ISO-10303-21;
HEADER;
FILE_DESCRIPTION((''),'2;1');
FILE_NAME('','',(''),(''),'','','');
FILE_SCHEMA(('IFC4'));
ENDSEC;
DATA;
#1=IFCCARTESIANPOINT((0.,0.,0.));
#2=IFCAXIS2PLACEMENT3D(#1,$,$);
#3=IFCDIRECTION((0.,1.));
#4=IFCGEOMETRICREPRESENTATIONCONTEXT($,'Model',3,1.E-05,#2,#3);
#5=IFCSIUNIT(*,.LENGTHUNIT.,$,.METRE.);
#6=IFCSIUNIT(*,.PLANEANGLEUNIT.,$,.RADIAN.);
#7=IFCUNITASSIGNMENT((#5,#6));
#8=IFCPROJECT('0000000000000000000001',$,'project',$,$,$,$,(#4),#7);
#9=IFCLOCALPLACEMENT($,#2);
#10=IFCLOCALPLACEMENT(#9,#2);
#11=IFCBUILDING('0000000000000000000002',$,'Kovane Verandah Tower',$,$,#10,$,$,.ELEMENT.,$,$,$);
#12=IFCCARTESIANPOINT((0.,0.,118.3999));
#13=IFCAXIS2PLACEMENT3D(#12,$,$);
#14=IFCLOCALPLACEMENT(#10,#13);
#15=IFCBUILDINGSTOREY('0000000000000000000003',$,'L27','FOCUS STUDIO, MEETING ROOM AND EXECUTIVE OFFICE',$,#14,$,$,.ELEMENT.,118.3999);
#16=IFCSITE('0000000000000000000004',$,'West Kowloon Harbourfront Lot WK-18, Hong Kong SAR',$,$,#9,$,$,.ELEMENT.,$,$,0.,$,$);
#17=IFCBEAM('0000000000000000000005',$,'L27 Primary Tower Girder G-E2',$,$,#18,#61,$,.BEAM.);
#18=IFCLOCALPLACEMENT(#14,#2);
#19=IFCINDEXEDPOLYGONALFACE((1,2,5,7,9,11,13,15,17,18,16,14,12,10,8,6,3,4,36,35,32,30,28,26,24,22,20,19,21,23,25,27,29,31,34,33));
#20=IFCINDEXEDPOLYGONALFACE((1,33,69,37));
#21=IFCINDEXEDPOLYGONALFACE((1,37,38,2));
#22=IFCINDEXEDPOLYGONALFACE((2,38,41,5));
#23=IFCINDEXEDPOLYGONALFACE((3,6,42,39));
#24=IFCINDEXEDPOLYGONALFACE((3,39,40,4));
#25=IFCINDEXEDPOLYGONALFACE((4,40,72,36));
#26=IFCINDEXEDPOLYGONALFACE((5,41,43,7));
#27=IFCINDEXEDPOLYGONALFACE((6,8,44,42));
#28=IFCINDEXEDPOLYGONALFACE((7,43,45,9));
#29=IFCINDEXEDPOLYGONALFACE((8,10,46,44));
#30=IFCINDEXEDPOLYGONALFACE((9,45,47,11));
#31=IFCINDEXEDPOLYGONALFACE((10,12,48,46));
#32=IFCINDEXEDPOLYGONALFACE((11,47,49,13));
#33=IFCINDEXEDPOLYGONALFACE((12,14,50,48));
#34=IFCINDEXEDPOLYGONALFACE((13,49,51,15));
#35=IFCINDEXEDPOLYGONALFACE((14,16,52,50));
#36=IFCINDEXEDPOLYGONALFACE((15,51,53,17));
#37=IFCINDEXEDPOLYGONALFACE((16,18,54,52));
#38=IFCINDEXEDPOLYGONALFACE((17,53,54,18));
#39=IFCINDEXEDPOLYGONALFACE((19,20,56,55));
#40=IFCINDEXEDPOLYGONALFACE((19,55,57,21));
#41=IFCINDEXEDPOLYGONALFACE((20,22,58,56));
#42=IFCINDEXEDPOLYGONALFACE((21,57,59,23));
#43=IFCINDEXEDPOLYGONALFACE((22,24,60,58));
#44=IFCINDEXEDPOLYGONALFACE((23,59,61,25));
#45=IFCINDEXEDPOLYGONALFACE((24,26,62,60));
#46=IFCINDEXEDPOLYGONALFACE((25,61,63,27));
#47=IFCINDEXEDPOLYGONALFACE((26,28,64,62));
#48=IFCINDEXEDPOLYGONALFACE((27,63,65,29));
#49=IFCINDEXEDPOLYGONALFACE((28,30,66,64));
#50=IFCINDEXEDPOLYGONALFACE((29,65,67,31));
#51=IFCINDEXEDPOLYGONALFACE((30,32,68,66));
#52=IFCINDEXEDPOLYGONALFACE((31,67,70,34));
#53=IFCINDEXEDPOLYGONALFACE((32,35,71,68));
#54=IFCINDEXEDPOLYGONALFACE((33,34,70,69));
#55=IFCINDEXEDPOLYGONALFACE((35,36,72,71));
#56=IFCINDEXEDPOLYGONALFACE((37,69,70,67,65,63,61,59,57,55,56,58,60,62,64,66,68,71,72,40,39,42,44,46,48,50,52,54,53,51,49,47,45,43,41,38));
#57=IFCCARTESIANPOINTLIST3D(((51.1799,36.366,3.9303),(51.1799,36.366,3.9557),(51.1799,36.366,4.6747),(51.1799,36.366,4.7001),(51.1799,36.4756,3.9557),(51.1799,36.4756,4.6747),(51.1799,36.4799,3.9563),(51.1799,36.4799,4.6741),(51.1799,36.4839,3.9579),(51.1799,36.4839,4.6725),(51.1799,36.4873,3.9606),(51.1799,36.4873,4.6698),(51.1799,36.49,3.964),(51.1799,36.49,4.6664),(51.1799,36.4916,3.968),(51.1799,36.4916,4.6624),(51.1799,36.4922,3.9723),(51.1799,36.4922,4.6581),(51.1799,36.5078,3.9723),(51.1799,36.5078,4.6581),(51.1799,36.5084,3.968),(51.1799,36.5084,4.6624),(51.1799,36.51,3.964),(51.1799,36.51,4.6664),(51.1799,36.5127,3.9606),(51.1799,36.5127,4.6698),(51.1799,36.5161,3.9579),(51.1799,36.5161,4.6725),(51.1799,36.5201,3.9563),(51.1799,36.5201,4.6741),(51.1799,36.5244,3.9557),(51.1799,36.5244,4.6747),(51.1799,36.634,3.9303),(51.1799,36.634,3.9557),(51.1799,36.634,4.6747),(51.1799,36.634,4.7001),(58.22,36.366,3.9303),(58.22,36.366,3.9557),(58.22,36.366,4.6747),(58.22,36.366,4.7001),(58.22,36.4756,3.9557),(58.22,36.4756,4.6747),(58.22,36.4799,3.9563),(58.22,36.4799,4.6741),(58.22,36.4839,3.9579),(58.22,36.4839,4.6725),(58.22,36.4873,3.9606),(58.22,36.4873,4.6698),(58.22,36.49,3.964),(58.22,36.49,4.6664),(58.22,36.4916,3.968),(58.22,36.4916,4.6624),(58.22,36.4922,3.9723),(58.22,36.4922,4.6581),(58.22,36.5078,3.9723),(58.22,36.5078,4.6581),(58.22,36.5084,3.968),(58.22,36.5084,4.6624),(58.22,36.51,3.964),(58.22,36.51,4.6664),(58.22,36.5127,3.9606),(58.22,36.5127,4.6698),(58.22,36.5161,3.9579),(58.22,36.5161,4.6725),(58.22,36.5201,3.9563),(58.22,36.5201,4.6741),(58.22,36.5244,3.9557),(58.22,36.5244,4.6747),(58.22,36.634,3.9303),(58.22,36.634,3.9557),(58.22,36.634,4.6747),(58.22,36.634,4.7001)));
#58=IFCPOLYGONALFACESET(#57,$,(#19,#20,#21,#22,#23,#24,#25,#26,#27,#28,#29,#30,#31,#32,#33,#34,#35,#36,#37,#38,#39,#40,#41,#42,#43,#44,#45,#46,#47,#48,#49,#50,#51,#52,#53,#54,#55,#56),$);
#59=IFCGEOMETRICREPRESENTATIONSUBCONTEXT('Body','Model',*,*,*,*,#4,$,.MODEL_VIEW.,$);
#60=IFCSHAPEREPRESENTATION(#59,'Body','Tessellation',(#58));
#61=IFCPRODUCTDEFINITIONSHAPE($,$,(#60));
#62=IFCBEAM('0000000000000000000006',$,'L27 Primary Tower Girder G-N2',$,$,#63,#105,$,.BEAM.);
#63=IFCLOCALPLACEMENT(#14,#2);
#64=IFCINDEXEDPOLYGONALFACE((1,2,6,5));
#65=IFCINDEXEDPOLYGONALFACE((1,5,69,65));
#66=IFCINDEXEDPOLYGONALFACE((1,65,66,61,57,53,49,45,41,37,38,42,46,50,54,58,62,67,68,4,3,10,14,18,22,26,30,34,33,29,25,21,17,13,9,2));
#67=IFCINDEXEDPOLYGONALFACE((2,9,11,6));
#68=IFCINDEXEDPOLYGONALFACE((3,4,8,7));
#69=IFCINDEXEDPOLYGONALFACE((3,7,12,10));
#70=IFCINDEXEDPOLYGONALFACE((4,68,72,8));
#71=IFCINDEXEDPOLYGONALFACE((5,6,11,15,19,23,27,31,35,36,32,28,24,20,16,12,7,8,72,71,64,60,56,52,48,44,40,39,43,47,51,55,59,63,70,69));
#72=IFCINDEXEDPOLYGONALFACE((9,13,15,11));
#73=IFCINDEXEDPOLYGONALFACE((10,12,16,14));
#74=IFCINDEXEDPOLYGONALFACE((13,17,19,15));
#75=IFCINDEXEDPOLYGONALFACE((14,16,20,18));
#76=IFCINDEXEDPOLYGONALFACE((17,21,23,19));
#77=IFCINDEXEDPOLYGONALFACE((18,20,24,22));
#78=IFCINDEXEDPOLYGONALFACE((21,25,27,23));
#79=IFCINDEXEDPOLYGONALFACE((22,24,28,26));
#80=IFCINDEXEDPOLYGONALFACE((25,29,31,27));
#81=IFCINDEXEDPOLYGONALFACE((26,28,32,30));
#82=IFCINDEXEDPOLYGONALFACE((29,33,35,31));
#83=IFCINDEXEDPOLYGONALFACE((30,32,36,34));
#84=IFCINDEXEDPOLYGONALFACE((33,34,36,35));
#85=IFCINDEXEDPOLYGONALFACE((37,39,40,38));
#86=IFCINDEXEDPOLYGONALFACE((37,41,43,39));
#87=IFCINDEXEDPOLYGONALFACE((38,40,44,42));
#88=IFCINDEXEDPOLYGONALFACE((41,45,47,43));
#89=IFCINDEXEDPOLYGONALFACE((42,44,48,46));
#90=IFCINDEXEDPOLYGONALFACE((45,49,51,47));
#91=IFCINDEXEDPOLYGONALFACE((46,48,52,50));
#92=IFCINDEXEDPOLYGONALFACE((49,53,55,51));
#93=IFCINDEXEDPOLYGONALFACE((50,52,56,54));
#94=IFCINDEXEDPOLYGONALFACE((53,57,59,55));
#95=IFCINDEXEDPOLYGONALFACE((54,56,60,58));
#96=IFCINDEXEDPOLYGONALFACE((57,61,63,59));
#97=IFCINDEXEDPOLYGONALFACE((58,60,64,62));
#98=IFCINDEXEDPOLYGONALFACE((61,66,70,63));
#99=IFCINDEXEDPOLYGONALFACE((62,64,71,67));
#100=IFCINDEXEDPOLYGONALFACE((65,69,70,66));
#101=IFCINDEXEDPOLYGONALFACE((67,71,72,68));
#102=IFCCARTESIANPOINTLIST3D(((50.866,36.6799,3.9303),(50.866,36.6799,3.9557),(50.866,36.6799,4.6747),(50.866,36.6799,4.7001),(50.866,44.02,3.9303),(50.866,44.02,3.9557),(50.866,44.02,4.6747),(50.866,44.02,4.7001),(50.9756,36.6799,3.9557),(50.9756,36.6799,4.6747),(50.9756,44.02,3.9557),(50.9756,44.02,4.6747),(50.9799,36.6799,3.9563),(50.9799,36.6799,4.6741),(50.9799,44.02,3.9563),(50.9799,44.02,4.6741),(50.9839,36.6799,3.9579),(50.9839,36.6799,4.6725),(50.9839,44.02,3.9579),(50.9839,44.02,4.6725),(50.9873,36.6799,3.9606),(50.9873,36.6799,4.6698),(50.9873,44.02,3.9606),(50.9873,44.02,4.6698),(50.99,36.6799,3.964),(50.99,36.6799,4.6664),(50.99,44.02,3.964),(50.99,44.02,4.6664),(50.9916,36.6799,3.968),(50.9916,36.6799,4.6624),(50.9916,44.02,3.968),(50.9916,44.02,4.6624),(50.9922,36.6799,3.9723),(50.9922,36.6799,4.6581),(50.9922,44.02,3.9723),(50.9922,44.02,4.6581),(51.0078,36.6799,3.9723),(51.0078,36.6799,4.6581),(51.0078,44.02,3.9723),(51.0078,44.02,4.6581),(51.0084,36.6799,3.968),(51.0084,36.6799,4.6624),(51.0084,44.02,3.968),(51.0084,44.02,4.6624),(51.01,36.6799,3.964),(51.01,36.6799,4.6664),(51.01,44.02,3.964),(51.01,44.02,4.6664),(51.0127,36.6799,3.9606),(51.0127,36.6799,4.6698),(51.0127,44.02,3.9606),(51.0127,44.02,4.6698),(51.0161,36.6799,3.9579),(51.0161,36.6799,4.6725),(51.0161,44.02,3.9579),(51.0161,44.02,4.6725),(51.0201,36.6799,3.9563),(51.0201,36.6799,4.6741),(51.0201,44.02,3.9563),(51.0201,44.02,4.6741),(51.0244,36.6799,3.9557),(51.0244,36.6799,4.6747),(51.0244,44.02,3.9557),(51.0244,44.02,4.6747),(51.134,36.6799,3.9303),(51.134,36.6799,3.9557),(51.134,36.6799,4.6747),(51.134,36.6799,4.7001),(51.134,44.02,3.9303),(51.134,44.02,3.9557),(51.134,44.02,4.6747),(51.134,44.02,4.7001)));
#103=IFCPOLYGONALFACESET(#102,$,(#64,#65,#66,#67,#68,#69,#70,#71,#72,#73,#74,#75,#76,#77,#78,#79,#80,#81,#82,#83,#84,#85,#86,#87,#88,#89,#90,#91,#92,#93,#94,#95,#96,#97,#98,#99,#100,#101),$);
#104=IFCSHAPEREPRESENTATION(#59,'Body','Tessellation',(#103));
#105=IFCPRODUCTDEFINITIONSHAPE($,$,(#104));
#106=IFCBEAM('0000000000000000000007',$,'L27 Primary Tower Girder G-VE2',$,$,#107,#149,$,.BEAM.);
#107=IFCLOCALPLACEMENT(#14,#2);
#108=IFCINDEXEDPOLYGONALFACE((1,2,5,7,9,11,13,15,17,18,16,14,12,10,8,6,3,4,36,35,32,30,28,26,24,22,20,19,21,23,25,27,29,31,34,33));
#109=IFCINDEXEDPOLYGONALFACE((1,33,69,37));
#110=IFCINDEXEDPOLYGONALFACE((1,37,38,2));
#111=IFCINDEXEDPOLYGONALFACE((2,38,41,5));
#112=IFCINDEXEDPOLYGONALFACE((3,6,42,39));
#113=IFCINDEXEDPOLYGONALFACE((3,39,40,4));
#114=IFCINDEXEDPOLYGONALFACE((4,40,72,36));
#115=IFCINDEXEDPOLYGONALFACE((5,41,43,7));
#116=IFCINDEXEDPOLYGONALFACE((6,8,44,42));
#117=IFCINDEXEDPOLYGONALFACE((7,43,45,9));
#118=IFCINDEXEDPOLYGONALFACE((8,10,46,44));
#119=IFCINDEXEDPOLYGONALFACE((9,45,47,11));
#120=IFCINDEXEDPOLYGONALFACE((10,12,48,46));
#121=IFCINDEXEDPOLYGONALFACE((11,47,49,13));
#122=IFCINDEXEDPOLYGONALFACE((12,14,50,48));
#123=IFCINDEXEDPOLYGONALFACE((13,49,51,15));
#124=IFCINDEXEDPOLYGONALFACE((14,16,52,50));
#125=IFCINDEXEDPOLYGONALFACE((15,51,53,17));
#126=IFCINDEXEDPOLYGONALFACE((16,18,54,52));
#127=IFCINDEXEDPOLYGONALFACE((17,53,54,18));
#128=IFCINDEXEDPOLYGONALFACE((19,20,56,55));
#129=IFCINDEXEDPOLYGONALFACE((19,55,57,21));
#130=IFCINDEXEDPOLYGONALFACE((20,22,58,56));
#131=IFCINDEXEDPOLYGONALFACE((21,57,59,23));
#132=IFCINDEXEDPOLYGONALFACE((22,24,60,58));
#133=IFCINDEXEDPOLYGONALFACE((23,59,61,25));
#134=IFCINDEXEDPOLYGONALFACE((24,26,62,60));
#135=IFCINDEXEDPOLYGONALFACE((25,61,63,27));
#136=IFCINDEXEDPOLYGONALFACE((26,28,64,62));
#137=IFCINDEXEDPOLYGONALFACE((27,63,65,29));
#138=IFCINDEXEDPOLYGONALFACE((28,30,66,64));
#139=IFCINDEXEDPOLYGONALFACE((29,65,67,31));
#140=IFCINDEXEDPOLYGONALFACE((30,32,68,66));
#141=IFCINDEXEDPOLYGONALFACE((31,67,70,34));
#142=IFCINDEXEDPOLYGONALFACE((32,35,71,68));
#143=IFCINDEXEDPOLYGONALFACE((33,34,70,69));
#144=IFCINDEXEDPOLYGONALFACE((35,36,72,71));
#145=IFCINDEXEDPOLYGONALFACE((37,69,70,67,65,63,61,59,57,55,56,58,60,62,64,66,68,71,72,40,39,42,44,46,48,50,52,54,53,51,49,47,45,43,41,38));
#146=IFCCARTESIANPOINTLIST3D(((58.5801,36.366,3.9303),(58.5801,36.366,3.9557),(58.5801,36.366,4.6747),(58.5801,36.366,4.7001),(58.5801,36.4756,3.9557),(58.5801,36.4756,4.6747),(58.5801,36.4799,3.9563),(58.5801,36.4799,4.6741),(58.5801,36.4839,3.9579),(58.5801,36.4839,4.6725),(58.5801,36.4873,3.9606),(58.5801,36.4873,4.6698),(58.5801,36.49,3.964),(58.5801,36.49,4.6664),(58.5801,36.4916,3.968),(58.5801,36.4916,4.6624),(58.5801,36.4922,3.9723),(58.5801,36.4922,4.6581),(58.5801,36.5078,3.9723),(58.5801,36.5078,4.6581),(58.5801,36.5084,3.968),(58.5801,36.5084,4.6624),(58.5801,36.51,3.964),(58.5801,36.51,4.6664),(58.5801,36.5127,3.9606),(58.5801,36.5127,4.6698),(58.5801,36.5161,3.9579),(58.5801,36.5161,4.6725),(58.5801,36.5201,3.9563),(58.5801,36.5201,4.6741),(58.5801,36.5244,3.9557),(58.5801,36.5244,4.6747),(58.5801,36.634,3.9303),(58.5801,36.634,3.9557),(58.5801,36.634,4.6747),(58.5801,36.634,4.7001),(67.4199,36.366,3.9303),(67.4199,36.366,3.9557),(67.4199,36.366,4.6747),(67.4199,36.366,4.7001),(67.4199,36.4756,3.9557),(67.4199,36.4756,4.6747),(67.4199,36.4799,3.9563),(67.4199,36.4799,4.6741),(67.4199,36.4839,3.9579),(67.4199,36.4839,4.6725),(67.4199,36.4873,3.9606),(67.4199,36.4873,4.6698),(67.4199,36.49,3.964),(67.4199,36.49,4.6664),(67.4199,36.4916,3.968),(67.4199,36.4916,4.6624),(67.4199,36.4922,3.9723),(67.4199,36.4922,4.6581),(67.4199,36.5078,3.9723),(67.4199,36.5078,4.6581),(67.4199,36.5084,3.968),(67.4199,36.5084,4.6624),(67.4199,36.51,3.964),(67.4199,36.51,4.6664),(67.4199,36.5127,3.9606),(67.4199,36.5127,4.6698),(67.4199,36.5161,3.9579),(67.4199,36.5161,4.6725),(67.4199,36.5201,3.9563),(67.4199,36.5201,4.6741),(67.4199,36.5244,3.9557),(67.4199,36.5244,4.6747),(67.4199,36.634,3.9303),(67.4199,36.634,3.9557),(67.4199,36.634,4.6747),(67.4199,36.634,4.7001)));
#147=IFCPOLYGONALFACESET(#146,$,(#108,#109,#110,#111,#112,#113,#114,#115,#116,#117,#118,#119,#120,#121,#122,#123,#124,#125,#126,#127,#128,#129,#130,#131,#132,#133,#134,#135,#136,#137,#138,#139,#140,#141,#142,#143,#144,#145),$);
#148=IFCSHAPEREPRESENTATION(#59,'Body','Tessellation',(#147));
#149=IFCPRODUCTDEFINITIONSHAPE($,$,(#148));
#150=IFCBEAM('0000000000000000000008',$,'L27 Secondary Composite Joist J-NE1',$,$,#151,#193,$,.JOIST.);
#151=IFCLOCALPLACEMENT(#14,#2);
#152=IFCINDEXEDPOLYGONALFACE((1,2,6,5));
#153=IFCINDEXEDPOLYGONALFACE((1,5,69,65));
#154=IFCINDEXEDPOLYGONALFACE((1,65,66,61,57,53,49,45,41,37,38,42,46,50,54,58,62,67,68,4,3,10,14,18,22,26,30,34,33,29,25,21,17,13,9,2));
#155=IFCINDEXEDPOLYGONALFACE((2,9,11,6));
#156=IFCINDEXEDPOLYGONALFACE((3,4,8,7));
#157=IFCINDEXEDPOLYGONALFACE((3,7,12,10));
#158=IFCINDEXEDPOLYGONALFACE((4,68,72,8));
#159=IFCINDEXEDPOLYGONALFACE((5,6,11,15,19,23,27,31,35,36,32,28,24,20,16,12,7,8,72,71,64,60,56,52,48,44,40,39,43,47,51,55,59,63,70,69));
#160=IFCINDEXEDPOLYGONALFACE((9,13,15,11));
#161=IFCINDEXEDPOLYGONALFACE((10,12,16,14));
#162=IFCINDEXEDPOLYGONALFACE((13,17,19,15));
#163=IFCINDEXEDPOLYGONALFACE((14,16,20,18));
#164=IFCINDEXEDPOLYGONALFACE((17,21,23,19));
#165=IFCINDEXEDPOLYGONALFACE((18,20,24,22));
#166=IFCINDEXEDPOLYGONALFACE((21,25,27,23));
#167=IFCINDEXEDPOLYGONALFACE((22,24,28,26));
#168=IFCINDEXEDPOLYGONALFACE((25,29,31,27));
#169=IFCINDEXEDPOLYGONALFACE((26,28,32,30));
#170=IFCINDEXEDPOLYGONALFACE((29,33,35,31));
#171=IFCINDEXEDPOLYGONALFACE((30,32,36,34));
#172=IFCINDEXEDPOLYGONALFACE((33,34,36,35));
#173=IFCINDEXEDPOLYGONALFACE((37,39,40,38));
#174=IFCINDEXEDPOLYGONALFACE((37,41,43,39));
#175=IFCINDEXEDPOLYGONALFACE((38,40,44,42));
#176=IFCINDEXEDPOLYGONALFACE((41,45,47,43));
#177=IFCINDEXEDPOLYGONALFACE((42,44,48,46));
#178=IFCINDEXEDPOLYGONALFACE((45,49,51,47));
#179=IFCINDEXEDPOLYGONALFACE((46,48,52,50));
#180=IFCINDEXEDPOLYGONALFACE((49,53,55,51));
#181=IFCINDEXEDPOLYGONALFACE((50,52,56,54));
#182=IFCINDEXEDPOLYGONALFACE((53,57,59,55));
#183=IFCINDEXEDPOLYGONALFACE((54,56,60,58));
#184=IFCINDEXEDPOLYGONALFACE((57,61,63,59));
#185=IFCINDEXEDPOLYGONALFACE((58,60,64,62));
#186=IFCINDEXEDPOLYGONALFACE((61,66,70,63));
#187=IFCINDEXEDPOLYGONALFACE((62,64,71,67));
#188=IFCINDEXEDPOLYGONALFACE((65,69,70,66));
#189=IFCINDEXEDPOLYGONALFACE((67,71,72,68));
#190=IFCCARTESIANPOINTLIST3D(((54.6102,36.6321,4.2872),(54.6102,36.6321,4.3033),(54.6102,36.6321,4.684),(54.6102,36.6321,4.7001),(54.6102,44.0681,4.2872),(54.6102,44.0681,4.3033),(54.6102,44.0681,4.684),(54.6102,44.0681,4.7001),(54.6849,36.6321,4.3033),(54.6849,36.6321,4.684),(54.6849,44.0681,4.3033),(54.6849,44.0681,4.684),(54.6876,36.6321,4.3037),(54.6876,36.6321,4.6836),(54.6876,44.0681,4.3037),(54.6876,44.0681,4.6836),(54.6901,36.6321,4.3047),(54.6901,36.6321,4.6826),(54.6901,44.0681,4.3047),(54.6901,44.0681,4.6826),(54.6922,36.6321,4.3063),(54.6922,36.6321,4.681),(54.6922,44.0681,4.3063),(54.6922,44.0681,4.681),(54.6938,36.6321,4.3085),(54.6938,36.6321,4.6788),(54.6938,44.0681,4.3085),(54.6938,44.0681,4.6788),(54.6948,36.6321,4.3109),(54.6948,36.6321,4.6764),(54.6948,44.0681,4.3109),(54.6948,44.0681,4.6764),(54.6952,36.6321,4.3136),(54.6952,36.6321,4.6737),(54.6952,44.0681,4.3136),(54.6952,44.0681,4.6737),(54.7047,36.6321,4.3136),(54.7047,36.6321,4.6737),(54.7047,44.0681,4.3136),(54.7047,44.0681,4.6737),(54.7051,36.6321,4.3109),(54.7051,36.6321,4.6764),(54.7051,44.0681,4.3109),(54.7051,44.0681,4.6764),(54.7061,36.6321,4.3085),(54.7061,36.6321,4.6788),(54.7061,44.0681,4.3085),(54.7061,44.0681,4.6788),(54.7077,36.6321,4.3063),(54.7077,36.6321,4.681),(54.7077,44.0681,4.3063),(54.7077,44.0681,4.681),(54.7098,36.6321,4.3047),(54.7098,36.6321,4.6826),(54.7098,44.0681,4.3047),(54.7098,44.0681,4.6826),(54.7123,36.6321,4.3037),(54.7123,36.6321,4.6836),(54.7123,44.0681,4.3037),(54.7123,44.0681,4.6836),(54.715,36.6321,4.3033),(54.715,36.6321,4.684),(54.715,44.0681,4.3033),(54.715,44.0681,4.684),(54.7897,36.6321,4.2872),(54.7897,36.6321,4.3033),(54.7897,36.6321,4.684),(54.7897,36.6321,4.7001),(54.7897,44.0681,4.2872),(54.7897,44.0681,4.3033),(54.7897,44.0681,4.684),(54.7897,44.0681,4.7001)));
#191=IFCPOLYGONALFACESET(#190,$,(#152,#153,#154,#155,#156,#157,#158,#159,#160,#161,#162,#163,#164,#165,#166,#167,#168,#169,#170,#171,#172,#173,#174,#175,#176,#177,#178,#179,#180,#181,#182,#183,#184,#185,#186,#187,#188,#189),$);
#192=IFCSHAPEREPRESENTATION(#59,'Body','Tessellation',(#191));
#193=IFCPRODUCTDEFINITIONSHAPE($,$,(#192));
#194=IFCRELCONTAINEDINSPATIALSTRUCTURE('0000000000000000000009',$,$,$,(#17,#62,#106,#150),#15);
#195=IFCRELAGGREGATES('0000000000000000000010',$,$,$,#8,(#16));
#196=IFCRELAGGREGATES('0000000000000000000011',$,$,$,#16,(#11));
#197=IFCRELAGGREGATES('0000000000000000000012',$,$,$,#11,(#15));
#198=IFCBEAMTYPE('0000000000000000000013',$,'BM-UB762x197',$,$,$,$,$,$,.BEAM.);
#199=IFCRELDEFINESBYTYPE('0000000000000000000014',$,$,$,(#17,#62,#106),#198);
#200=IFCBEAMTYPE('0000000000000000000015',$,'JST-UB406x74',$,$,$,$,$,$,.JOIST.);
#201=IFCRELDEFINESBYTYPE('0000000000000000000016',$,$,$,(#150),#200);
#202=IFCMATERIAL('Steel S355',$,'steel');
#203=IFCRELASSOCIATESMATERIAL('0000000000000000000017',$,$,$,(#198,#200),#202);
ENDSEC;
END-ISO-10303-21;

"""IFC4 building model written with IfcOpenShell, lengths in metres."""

from ifc_helpers import new_model, si_unit, direction, frame, origin, origin_2d, place, context, subcontext, project, spatial, i_section, extrude, material, material_profile, profile_set, type_object, element, save


model = new_model("IFC4")

# Units and contexts
model_context = context("Model", 3, precision=1e-05, world=origin(), true_north=direction((0.0, 1.0)))
body_context = subcontext(model_context, "Body", "Model", "MODEL_VIEW")
ifc_project = project(units=[si_unit("LENGTHUNIT", "METRE"), si_unit("PLANEANGLEUNIT", "RADIAN")], contexts=[model_context])

# Site, building, storey
site_placement = place(None, origin())
site = spatial("IfcSite", under=ifc_project, at=site_placement, Name="West Kowloon Harbourfront Lot WK-18, Hong Kong SAR", CompositionType="ELEMENT", RefElevation=0.0)
building_placement = place(site_placement, origin())
building = spatial("IfcBuilding", under=site, at=building_placement, Name="Kovane Verandah Tower", CompositionType="ELEMENT")
storey_placement = place(building_placement, frame((0.0, 0.0, 118.3999)))
storey = spatial("IfcBuildingStorey", under=building, at=storey_placement, Name="L27", Description="FOCUS STUDIO, MEETING ROOM AND EXECUTIVE OFFICE", CompositionType="ELEMENT", Elevation=118.3999)

# Beams
ifc_material_1 = material(Name="Steel S355", Category="steel")
ifc_material_profile_1 = material_profile(ifc_material_1, i_section(OverallWidth=0.2681, OverallDepth=0.7698, WebThickness=0.0156, FlangeThickness=0.0254, FilletRadius=0.0166, at=origin_2d()), Name="UB762x267x197")
ifc_profile_set_1 = profile_set([ifc_material_profile_1], Name="Steel S355")
beam_type_1 = type_object("IfcBeamType", Name="BM-UB762x197", PredefinedType="BEAM", material=ifc_profile_set_1)
beam_1_placement = place(storey_placement, frame((51.1799, 36.5, 4.3152), z_axis=(1.0, 0.0, 0.0), x_axis=(0.0, 1.0, 0.0)))
element("IfcBeam", 1, at=beam_1_placement, inside=storey, type_object=beam_type_1, Name="L27 Primary Tower Girder G-E2", PredefinedType="BEAM", context=body_context, shape_type="SweptSolid", body=[
    extrude(i_section(OverallWidth=0.2681, OverallDepth=0.7698, WebThickness=0.0156, FlangeThickness=0.0254, FilletRadius=0.0166, at=origin_2d()), origin(), (0.0, 0.0, 1.0), 7.04),
])
beam_2_placement = place(storey_placement, frame((51.0, 36.6799, 4.3152), z_axis=(0.0, 1.0, 0.0), x_axis=(-1.0, 0.0, 0.0)))
element("IfcBeam", 2, at=beam_2_placement, inside=storey, type_object=beam_type_1, Name="L27 Primary Tower Girder G-N2", PredefinedType="BEAM", context=body_context, shape_type="SweptSolid", body=[
    extrude(i_section(OverallWidth=0.2681, OverallDepth=0.7698, WebThickness=0.0156, FlangeThickness=0.0254, FilletRadius=0.0166, at=origin_2d()), origin(), (0.0, 0.0, 1.0), 7.3401),
])
beam_3_placement = place(storey_placement, frame((58.5801, 36.5, 4.3152), z_axis=(1.0, 0.0, 0.0), x_axis=(0.0, 1.0, 0.0)))
element("IfcBeam", 3, at=beam_3_placement, inside=storey, type_object=beam_type_1, Name="L27 Primary Tower Girder G-VE2", PredefinedType="BEAM", context=body_context, shape_type="SweptSolid", body=[
    extrude(i_section(OverallWidth=0.2681, OverallDepth=0.7698, WebThickness=0.0156, FlangeThickness=0.0254, FilletRadius=0.0166, at=origin_2d()), origin(), (0.0, 0.0, 1.0), 8.8398),
])
ifc_material_profile_2 = material_profile(ifc_material_1, i_section(OverallWidth=0.1794, OverallDepth=0.4128, WebThickness=0.0095, FlangeThickness=0.0161, FilletRadius=0.0103, at=origin_2d()), Name="UB406x178x74")
ifc_profile_set_2 = profile_set([ifc_material_profile_2], Name="Steel S355")
beam_type_2 = type_object("IfcBeamType", Name="JST-UB406x74", PredefinedType="JOIST", material=ifc_profile_set_2)
beam_4_placement = place(storey_placement, frame((54.7, 36.6321, 4.4937), z_axis=(0.0, 1.0, 0.0), x_axis=(-1.0, 0.0, 0.0)))
element("IfcBeam", 4, at=beam_4_placement, inside=storey, type_object=beam_type_2, Name="L27 Secondary Composite Joist J-NE1", PredefinedType="JOIST", context=body_context, shape_type="SweptSolid", body=[
    extrude(i_section(OverallWidth=0.1794, OverallDepth=0.4128, WebThickness=0.0095, FlangeThickness=0.0161, FilletRadius=0.0103, at=origin_2d()), origin(), (0.0, 0.0, 1.0), 7.436),
])

save(model, "model.ifc")
